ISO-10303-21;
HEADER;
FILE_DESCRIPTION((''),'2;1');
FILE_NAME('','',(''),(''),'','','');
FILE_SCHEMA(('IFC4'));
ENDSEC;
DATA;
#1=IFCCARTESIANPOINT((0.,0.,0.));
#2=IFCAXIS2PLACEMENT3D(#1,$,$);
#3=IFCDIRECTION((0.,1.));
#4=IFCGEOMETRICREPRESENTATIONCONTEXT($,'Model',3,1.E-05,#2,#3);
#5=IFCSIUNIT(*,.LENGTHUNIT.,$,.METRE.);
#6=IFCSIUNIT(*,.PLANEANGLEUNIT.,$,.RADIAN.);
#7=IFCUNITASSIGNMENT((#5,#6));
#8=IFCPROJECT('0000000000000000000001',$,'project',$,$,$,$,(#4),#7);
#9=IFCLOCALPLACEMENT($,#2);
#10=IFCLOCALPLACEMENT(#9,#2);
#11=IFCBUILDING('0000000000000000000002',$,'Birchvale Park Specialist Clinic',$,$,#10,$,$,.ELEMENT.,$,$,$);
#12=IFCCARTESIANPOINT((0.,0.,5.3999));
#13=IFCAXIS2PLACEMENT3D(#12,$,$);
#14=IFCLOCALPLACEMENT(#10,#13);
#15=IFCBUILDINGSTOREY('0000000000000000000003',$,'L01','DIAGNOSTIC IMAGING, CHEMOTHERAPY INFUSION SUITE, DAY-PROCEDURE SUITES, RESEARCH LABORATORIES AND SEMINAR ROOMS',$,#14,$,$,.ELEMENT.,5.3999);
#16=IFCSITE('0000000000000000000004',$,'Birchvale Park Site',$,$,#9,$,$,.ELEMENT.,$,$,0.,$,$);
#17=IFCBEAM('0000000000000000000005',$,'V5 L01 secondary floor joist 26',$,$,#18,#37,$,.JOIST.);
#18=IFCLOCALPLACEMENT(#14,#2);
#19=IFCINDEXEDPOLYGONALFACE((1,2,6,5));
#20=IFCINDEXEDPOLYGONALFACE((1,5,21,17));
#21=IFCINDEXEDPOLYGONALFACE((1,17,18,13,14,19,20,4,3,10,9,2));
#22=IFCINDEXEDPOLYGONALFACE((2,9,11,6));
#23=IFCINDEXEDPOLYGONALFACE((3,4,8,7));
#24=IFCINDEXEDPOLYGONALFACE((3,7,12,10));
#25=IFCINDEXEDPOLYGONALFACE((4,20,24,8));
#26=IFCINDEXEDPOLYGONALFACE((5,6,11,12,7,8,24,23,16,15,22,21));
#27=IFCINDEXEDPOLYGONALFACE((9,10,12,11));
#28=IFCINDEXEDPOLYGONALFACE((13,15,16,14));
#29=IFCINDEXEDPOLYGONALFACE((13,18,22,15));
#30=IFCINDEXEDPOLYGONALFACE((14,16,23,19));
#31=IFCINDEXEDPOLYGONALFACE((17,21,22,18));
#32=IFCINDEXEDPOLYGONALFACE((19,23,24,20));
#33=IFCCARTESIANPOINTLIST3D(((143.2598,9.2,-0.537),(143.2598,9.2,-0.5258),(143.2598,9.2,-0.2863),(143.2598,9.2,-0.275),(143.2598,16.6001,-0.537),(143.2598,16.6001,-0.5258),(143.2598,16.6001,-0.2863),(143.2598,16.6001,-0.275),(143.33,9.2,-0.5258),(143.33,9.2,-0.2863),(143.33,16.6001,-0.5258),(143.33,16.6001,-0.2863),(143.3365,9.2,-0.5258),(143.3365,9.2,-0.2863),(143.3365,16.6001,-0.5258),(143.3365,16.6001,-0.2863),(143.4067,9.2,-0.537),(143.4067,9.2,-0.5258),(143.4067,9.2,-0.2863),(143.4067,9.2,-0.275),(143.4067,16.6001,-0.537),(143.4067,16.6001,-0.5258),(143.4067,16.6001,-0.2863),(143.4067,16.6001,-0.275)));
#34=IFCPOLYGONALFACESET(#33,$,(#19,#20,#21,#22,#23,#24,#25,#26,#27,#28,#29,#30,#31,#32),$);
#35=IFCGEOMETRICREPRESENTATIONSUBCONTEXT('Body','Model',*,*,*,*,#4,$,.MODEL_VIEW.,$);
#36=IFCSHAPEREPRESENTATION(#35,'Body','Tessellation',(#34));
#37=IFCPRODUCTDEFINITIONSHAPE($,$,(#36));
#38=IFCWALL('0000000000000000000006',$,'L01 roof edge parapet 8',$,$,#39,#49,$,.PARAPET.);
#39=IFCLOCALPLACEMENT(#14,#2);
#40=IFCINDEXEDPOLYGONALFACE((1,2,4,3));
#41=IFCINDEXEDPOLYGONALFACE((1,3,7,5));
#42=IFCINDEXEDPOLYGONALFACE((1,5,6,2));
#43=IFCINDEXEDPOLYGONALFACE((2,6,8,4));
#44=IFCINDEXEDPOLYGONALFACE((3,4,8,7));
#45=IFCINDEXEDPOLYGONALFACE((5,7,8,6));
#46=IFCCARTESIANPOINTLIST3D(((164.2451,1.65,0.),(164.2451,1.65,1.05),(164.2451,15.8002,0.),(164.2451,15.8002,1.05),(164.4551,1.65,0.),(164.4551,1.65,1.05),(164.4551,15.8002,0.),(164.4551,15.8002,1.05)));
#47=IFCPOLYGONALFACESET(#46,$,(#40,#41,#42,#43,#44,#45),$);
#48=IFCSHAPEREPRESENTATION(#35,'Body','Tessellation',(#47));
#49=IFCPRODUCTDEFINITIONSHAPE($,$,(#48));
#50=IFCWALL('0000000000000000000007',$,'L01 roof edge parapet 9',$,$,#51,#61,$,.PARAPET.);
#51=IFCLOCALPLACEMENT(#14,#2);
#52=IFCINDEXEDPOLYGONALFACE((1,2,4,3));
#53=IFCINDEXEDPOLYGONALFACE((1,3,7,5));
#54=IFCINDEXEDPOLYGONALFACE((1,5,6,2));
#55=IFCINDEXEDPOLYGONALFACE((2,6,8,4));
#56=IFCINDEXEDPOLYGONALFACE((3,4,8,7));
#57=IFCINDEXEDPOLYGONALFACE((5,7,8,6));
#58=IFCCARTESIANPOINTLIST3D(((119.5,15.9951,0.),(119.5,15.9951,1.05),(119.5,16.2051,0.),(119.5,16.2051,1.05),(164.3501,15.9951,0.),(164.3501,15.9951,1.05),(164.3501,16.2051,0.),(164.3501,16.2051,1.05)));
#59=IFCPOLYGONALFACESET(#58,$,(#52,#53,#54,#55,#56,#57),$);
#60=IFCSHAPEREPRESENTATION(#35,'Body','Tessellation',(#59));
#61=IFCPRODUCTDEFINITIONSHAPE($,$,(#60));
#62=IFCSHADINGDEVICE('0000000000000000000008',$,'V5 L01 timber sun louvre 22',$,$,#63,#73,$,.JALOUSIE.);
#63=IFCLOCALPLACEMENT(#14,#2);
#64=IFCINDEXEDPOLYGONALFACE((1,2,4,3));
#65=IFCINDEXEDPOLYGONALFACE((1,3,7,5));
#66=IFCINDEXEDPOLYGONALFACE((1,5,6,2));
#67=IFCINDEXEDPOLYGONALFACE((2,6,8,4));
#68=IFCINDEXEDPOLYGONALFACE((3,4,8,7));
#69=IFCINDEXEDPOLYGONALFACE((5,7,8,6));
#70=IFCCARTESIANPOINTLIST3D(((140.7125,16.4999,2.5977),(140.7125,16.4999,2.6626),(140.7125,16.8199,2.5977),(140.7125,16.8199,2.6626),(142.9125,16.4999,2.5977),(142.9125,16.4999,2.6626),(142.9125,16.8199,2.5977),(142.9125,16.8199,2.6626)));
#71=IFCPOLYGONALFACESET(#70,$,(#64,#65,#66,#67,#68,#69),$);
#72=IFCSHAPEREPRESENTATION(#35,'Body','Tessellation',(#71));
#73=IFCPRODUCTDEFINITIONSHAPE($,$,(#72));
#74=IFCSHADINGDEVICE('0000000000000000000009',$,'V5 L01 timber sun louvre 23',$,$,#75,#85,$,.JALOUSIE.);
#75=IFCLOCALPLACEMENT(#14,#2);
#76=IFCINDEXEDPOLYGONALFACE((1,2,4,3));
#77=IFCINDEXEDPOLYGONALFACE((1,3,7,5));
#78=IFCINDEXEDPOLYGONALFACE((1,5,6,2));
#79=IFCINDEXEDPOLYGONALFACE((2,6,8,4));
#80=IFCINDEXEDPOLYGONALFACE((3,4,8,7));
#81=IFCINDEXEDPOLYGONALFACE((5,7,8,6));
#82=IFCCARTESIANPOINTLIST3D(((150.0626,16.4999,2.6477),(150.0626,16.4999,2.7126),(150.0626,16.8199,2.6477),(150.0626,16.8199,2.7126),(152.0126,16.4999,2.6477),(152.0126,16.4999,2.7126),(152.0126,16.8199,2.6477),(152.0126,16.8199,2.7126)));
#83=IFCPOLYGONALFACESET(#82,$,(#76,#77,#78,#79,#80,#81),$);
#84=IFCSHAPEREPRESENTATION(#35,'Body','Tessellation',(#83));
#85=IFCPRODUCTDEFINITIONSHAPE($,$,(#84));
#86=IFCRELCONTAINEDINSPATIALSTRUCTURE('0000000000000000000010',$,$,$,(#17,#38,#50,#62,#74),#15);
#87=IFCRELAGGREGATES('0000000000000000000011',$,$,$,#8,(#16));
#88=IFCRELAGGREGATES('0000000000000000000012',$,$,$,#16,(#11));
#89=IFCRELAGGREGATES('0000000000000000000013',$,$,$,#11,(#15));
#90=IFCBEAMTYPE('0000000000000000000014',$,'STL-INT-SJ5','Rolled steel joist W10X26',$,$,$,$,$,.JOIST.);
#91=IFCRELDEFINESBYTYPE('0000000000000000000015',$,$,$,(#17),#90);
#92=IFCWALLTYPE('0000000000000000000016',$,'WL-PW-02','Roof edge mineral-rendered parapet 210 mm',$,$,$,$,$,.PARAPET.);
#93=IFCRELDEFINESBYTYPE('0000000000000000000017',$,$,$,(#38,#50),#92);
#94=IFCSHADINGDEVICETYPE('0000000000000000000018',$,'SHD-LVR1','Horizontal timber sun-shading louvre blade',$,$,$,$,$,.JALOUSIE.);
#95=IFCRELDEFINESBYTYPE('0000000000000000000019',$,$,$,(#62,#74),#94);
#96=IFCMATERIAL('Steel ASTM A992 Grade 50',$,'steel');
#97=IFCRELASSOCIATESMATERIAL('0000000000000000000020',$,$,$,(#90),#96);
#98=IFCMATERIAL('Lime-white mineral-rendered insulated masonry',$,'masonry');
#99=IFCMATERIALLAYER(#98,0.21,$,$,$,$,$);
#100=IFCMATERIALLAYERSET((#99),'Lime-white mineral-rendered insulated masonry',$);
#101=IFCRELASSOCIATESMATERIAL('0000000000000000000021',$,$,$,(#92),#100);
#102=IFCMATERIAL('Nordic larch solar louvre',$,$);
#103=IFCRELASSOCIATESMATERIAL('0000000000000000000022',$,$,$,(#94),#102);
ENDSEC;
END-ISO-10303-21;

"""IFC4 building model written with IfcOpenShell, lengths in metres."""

from ifc_helpers import new_model, si_unit, direction, frame, frame_2d, origin, origin_2d, place, context, subcontext, project, spatial, rectangle, i_section, extrude, material, layer, layer_set, material_profile, profile_set, type_object, element, save


model = new_model("IFC4")

# Units and contexts
model_context = context("Model", 3, precision=1e-05, world=origin(), true_north=direction((0.0, 1.0)))
body_context = subcontext(model_context, "Body", "Model", "MODEL_VIEW")
ifc_project = project(units=[si_unit("LENGTHUNIT", "METRE"), si_unit("PLANEANGLEUNIT", "RADIAN")], contexts=[model_context])

# Site, building, storey
site_placement = place(None, origin())
site = spatial("IfcSite", under=ifc_project, at=site_placement, Name="Birchvale Park Site", CompositionType="ELEMENT", RefElevation=0.0)
building_placement = place(site_placement, origin())
building = spatial("IfcBuilding", under=site, at=building_placement, Name="Birchvale Park Specialist Clinic", CompositionType="ELEMENT")
storey_placement = place(building_placement, frame((0.0, 0.0, 5.3999)))
storey = spatial("IfcBuildingStorey", under=building, at=storey_placement, Name="L01", Description="DIAGNOSTIC IMAGING, CHEMOTHERAPY INFUSION SUITE, DAY-PROCEDURE SUITES, RESEARCH LABORATORIES AND SEMINAR ROOMS", CompositionType="ELEMENT", Elevation=5.3999)

# Beam
ifc_material_1 = material(Name="Steel ASTM A992 Grade 50", Category="steel")
ifc_material_profile_1 = material_profile(ifc_material_1, i_section(OverallWidth=0.147, OverallDepth=0.262, WebThickness=0.0066, FlangeThickness=0.0112, at=origin_2d()), Name="W10X26")
ifc_profile_set_1 = profile_set([ifc_material_profile_1], Name="Steel ASTM A992 Grade 50")
beam_type_1 = type_object("IfcBeamType", Name="STL-INT-SJ5", Description="Rolled steel joist W10X26", PredefinedType="JOIST", material=ifc_profile_set_1)
beam_1_placement = place(storey_placement, frame((143.3333, 9.2, -0.406), z_axis=(0.0, 1.0, 0.0), x_axis=(-1.0, 0.0, 0.0)))
element("IfcBeam", 1, at=beam_1_placement, inside=storey, type_object=beam_type_1, Name="V5 L01 secondary floor joist 26", PredefinedType="JOIST", context=body_context, shape_type="SweptSolid", body=[
    extrude(i_section(OverallWidth=0.147, OverallDepth=0.262, WebThickness=0.0066, FlangeThickness=0.0112, at=origin_2d()), origin(), (0.0, 0.0, 1.0), 7.4001),
])

# Walls
ifc_material_2 = material(Name="Lime-white mineral-rendered insulated masonry", Category="masonry")
ifc_layer = layer(ifc_material_2, 0.21)
ifc_layer_set = layer_set([ifc_layer], Name="Lime-white mineral-rendered insulated masonry")
wall_type = type_object("IfcWallType", Name="WL-PW-02", Description="Roof edge mineral-rendered parapet 210 mm", PredefinedType="PARAPET", material=ifc_layer_set)
wall_1_placement = place(storey_placement, frame((164.3501, 1.6499, 0.0), z_axis=(0.0, 0.0, 1.0), x_axis=(0.0, 1.0, 0.0)))
element("IfcWall", 2, at=wall_1_placement, inside=storey, type_object=wall_type, Name="L01 roof edge parapet 8", PredefinedType="PARAPET", context=body_context, shape_type="SweptSolid", body=[
    extrude(rectangle(XDim=14.1501, YDim=0.21, at=frame_2d((7.0752, 0.0))), origin(), (0.0, 0.0, 1.0), 1.05),
])
wall_2_placement = place(storey_placement, frame((164.3501, 16.1001, 0.0), z_axis=(0.0, 0.0, 1.0), x_axis=(-1.0, 0.0, 0.0)))
element("IfcWall", 3, at=wall_2_placement, inside=storey, type_object=wall_type, Name="L01 roof edge parapet 9", PredefinedType="PARAPET", context=body_context, shape_type="SweptSolid", body=[
    extrude(rectangle(XDim=44.8501, YDim=0.21, at=frame_2d((22.425, 0.0))), origin(), (0.0, 0.0, 1.0), 1.05),
])

# Shading devices
ifc_material_3 = material(Name="Nordic larch solar louvre")
shading_device_type = type_object("IfcShadingDeviceType", Name="SHD-LVR1", Description="Horizontal timber sun-shading louvre blade", PredefinedType="JALOUSIE", material=ifc_material_3)
shading_device_1_placement = place(storey_placement, frame((141.8125, 16.6599, 2.5977), z_axis=(0.0, 0.0, 1.0), x_axis=(1.0, 0.0, 0.0)))
element("IfcShadingDevice", 4, at=shading_device_1_placement, inside=storey, type_object=shading_device_type, Name="V5 L01 timber sun louvre 22", PredefinedType="JALOUSIE", context=body_context, shape_type="SweptSolid", body=[
    extrude(rectangle(XDim=2.2, YDim=0.3201, at=origin_2d()), origin(), (0.0, 0.0, 1.0), 0.0649),
])
shading_device_2_placement = place(storey_placement, frame((151.0376, 16.6599, 2.6477), z_axis=(0.0, 0.0, 1.0), x_axis=(1.0, 0.0, 0.0)))
element("IfcShadingDevice", 5, at=shading_device_2_placement, inside=storey, type_object=shading_device_type, Name="V5 L01 timber sun louvre 23", PredefinedType="JALOUSIE", context=body_context, shape_type="SweptSolid", body=[
    extrude(rectangle(XDim=1.95, YDim=0.3201, at=origin_2d()), origin(), (0.0, 0.0, 1.0), 0.0649),
])

save(model, "model.ifc")
